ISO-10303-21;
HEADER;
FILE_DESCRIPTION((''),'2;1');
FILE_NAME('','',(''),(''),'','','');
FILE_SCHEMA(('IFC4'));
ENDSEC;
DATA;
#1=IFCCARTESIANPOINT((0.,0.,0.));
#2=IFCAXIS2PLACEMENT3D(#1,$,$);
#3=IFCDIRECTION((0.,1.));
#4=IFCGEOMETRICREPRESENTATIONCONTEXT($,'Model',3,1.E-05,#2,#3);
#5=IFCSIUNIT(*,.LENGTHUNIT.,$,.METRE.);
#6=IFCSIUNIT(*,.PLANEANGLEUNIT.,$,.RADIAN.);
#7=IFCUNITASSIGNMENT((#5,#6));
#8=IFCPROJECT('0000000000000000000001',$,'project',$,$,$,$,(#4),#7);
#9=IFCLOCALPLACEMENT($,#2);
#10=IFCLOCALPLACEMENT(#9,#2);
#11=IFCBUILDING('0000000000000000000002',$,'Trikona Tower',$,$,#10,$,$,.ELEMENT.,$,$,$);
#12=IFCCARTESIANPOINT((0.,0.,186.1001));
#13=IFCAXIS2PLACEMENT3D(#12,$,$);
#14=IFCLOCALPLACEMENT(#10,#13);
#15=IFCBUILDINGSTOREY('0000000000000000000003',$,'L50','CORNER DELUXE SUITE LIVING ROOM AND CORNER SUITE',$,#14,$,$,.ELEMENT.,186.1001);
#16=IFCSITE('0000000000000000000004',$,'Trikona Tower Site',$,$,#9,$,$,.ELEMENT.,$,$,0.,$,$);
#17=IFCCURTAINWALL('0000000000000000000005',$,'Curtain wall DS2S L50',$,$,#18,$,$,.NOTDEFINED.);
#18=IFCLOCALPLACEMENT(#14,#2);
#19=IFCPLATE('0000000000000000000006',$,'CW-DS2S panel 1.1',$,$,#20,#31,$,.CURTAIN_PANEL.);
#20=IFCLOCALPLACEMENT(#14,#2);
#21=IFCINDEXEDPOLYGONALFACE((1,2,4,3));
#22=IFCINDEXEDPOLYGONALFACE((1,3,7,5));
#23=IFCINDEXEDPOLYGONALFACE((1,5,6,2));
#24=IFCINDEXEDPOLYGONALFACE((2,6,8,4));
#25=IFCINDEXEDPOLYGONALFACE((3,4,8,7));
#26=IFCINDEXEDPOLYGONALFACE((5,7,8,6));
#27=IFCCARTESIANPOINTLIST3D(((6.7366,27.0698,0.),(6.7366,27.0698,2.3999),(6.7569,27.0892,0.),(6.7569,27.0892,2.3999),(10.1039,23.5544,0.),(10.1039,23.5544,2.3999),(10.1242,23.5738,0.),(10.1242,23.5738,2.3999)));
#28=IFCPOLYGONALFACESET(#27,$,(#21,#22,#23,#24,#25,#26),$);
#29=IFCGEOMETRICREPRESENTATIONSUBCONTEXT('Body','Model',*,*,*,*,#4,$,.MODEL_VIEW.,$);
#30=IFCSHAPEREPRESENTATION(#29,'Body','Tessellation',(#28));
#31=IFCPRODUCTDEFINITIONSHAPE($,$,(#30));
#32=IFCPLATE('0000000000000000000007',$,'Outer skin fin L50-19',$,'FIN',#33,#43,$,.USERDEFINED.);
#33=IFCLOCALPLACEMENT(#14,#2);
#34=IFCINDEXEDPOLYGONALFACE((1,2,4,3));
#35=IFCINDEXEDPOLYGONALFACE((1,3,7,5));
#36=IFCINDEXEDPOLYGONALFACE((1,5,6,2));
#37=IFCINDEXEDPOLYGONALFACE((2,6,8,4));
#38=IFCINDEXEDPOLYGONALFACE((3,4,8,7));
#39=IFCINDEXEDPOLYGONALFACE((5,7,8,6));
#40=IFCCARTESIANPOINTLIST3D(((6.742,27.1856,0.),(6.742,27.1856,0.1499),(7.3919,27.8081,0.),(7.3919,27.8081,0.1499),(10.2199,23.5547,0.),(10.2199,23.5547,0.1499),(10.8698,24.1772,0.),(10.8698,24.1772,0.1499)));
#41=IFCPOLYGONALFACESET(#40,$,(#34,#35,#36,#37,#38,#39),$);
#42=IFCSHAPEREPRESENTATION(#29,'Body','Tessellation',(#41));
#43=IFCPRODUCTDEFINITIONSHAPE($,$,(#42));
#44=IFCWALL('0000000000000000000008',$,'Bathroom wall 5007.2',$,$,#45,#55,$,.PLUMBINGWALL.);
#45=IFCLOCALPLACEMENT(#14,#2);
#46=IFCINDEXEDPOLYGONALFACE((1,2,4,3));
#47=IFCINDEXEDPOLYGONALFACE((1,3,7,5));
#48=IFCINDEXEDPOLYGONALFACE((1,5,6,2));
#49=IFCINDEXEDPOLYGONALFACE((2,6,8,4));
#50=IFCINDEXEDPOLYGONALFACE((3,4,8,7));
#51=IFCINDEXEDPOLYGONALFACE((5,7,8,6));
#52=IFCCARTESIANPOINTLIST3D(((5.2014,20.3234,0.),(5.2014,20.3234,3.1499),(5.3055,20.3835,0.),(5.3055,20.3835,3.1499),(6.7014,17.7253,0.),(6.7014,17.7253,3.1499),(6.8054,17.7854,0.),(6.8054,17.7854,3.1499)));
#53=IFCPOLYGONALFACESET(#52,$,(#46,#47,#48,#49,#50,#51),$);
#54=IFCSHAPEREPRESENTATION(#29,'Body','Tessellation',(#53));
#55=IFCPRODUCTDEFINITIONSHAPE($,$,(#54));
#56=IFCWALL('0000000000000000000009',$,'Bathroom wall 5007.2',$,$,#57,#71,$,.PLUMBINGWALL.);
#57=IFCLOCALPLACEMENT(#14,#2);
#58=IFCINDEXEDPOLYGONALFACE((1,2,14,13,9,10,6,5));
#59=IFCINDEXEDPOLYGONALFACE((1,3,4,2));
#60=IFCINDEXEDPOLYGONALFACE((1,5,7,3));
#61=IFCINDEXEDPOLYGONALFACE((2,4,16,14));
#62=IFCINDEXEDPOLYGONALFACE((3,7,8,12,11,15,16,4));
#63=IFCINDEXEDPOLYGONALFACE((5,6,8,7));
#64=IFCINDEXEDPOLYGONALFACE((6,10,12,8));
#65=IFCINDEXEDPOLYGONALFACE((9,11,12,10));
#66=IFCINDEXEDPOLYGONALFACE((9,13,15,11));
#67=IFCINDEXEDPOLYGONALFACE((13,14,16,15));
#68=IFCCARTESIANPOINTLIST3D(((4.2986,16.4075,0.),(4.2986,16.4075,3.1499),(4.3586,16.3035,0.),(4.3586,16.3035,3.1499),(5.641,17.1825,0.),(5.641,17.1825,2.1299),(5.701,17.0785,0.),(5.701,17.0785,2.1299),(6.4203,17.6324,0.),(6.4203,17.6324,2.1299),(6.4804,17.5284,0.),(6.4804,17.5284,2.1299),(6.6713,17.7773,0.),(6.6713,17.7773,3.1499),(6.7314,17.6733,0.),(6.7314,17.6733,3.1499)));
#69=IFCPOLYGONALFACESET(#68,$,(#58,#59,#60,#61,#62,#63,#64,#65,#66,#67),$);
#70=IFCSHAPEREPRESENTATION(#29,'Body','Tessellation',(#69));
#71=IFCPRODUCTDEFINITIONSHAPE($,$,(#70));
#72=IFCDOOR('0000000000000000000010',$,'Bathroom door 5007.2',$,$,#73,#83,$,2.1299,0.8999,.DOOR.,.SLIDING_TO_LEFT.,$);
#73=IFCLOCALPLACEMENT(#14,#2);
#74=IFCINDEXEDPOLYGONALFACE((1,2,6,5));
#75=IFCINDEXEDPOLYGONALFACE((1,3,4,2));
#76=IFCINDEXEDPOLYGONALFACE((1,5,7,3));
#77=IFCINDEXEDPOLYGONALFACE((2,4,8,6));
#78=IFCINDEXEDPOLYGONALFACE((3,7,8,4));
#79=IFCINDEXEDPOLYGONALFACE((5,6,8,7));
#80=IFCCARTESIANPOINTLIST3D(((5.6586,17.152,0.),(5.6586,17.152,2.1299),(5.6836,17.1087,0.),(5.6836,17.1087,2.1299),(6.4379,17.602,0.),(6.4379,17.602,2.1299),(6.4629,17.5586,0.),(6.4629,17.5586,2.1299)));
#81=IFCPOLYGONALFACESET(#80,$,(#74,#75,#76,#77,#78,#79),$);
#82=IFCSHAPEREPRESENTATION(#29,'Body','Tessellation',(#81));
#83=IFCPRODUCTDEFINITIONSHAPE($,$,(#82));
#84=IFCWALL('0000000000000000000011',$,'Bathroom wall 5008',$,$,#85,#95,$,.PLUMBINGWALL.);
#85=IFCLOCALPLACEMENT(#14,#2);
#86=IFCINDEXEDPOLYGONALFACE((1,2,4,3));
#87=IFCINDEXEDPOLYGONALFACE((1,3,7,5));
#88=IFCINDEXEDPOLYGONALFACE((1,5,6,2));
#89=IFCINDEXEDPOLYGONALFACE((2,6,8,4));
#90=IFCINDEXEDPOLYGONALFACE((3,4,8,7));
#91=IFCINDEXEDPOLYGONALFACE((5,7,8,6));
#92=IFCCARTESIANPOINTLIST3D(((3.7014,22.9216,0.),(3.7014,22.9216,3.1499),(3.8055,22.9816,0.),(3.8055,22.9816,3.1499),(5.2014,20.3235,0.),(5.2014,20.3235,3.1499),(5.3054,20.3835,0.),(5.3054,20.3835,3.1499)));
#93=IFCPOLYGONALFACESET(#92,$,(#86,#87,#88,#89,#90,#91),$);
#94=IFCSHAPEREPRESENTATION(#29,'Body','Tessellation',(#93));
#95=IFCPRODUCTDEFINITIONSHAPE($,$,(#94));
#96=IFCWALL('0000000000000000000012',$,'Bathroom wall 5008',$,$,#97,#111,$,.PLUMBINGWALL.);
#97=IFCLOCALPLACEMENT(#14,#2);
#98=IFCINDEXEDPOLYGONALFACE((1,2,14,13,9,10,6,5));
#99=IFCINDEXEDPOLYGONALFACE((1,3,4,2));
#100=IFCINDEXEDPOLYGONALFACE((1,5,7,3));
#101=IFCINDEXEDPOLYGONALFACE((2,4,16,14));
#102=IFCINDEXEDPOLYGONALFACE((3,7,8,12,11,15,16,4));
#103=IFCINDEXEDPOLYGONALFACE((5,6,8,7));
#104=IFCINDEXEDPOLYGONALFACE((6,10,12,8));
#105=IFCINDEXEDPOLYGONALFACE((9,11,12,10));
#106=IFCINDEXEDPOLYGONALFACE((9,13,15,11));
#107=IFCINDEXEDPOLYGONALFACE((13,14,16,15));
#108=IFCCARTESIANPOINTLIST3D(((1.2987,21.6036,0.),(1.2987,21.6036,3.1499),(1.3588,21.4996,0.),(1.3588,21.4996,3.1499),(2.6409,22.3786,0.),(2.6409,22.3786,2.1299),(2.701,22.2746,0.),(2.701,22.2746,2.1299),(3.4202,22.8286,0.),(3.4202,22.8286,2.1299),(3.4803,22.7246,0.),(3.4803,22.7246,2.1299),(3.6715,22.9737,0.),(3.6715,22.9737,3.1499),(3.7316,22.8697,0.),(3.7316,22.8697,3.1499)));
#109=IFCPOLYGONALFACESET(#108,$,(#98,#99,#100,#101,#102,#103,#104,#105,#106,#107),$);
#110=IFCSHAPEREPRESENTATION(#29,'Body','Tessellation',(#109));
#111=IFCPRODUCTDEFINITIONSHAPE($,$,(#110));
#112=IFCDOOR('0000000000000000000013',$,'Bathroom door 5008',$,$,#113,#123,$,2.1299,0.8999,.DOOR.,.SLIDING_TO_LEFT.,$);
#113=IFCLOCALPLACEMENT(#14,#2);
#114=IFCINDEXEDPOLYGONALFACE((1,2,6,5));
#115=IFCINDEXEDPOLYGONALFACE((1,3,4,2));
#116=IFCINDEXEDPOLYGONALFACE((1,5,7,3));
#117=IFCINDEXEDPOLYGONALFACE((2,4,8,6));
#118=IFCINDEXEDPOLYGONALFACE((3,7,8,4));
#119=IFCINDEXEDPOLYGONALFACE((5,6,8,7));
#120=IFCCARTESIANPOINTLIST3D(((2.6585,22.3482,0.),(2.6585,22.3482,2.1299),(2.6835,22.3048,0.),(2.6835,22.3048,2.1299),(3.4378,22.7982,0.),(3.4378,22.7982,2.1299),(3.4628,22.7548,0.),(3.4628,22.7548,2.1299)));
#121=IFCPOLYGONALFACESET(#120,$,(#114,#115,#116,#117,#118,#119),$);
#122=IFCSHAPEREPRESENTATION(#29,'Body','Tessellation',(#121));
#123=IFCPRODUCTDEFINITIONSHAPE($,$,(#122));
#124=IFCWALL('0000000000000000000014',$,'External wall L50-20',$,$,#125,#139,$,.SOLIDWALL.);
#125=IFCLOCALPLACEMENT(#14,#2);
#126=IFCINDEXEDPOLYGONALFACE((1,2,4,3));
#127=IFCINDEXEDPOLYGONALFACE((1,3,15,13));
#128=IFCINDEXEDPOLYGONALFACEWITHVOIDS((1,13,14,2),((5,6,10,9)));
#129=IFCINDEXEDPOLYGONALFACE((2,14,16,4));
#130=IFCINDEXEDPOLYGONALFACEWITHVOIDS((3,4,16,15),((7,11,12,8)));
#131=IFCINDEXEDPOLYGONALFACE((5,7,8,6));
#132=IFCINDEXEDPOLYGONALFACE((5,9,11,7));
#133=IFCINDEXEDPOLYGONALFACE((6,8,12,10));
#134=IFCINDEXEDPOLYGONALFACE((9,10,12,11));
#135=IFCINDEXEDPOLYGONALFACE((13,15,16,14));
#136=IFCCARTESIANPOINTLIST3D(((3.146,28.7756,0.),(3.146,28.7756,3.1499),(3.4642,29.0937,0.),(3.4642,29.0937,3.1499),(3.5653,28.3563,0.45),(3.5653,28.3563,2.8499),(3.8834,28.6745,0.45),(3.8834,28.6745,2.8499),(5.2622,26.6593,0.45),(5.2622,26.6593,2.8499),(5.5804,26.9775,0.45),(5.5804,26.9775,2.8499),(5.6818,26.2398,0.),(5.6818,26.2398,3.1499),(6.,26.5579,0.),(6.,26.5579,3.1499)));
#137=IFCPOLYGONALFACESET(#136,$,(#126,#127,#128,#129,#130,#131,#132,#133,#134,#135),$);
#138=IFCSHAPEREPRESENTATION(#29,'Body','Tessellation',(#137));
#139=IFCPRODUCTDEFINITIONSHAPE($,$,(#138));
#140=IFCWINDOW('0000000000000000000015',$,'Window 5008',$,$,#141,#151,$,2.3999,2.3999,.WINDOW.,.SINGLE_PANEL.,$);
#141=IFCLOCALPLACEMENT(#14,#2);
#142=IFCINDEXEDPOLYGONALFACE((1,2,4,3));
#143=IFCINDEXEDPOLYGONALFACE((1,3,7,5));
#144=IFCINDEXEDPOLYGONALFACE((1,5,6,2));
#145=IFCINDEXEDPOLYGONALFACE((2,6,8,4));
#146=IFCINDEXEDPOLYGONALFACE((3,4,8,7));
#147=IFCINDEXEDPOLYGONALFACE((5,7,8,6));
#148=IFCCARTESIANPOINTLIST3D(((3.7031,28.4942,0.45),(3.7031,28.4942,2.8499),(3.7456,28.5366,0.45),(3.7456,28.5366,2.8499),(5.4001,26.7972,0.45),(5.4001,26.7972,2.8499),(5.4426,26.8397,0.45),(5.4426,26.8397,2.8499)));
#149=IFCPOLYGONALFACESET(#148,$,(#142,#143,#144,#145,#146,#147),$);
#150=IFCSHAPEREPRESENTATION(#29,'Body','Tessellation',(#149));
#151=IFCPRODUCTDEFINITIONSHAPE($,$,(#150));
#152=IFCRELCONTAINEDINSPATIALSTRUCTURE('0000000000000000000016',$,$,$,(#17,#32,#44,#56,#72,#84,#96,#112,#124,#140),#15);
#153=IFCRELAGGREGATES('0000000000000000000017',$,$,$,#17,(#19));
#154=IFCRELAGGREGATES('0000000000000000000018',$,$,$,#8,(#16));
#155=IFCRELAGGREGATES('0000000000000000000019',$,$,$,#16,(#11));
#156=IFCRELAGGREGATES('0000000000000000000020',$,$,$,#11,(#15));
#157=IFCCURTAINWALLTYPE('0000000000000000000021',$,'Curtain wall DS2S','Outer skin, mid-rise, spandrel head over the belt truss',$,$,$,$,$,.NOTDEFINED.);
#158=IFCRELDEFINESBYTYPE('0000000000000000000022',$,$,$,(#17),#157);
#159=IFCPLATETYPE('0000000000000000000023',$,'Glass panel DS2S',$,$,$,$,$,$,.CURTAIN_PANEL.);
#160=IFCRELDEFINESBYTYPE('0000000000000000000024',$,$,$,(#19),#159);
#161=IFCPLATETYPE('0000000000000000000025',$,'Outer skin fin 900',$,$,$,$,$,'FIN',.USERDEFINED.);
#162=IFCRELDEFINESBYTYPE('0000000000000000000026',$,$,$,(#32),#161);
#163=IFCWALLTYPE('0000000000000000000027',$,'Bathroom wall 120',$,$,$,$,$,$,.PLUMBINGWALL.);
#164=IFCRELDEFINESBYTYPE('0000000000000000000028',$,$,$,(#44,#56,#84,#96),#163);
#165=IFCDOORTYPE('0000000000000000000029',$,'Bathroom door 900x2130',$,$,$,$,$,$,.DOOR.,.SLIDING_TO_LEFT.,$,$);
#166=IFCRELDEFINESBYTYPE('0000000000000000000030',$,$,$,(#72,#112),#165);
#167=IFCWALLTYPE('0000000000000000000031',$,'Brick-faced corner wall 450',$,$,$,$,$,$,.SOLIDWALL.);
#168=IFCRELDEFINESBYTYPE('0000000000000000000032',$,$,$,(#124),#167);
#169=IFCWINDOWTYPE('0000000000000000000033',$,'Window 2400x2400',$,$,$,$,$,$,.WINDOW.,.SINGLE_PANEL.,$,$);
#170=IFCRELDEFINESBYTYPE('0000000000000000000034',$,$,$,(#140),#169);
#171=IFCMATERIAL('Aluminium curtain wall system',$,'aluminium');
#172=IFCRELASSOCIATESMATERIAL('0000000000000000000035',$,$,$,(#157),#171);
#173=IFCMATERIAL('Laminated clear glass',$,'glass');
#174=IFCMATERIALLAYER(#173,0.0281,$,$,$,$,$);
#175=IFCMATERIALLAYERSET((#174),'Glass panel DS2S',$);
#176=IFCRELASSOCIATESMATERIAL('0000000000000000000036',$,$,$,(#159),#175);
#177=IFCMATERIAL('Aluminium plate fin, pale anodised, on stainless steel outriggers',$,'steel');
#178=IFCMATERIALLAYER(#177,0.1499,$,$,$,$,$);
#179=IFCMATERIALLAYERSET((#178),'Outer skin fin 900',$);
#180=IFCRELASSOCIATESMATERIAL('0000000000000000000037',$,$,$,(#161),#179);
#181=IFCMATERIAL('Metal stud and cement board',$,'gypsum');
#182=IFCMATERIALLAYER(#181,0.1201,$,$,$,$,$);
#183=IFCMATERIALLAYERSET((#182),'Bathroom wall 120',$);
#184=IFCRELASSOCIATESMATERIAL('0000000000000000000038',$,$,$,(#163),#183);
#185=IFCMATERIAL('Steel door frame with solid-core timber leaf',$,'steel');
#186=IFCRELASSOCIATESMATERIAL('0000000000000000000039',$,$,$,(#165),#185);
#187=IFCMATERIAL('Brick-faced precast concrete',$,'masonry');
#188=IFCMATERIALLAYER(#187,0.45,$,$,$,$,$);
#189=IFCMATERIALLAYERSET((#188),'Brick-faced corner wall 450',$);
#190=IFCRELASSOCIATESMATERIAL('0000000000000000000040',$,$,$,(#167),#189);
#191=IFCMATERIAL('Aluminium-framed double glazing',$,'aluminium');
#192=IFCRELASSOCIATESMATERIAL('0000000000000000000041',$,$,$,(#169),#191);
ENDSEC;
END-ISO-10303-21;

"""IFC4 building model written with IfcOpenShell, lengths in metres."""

from ifc_helpers import new_model, si_unit, direction, frame, frame_2d, origin, origin_2d, place, context, subcontext, project, spatial, rectangle, extrude, material, layer, layer_set, type_object, element, fill, aggregate, save


model = new_model("IFC4")

# Units and contexts
model_context = context("Model", 3, precision=1e-05, world=origin(), true_north=direction((0.0, 1.0)))
body_context = subcontext(model_context, "Body", "Model", "MODEL_VIEW")
ifc_project = project(units=[si_unit("LENGTHUNIT", "METRE"), si_unit("PLANEANGLEUNIT", "RADIAN")], contexts=[model_context])

# Site, building, storey
site_placement = place(None, origin())
site = spatial("IfcSite", under=ifc_project, at=site_placement, Name="Trikona Tower Site", CompositionType="ELEMENT", RefElevation=0.0)
building_placement = place(site_placement, origin())
building = spatial("IfcBuilding", under=site, at=building_placement, Name="Trikona Tower", CompositionType="ELEMENT")
storey_placement = place(building_placement, frame((0.0, 0.0, 186.1001)))
storey = spatial("IfcBuildingStorey", under=building, at=storey_placement, Name="L50", Description="CORNER DELUXE SUITE LIVING ROOM AND CORNER SUITE", CompositionType="ELEMENT", Elevation=186.1001)

# Curtain wall
ifc_material_1 = material(Name="Aluminium curtain wall system", Category="aluminium")
curtain_wall_type = type_object("IfcCurtainWallType", Name="Curtain wall DS2S", Description="Outer skin, mid-rise, spandrel head over the belt truss", PredefinedType="NOTDEFINED", material=ifc_material_1)
curtain_wall_placement = place(storey_placement, origin())
curtain_wall = element("IfcCurtainWall", 1, at=curtain_wall_placement, inside=storey, type_object=curtain_wall_type, Name="Curtain wall DS2S L50", PredefinedType="NOTDEFINED")

# Plates
ifc_material_2 = material(Name="Laminated clear glass", Category="glass")
ifc_layer_1 = layer(ifc_material_2, 0.0281)
ifc_layer_set_1 = layer_set([ifc_layer_1], Name="Glass panel DS2S")
plate_type_1 = type_object("IfcPlateType", Name="Glass panel DS2S", PredefinedType="CURTAIN_PANEL", material=ifc_layer_set_1)
plate_1_placement = place(storey_placement, frame((8.4304, 25.3218, 0.0), z_axis=(0.0, 0.0, 1.0), x_axis=(-0.691728, 0.722158, 0.0)))
plate_1 = element("IfcPlate", 2, at=plate_1_placement, type_object=plate_type_1, Name="CW-DS2S panel 1.1", PredefinedType="CURTAIN_PANEL", context=body_context, shape_type="SweptSolid", body=[
    extrude(rectangle(XDim=4.8679, YDim=0.0281, at=origin_2d()), origin(), (0.0, 0.0, 1.0), 2.3999),
])
aggregate(curtain_wall, [plate_1])
ifc_material_3 = material(Name="Aluminium plate fin, pale anodised, on stainless steel outriggers", Category="steel")
ifc_layer_2 = layer(ifc_material_3, 0.1499)
ifc_layer_set_2 = layer_set([ifc_layer_2], Name="Outer skin fin 900")
plate_type_2 = type_object("IfcPlateType", Name="Outer skin fin 900", ElementType="FIN", PredefinedType="USERDEFINED", material=ifc_layer_set_2)
plate_2_placement = place(storey_placement, frame((8.8059, 25.6814, 0.0), z_axis=(0.0, 0.0, 1.0), x_axis=(-0.691724, 0.722162, 0.0)))
element("IfcPlate", 3, at=plate_2_placement, inside=storey, type_object=plate_type_2, Name="Outer skin fin L50-19", ObjectType="FIN", PredefinedType="USERDEFINED", context=body_context, shape_type="SweptSolid", body=[
    extrude(rectangle(XDim=5.0278, YDim=0.8999, at=origin_2d()), origin(), (0.0, 0.0, 1.0), 0.1499),
])

# Wall
ifc_material_4 = material(Name="Metal stud and cement board", Category="gypsum")
ifc_layer_3 = layer(ifc_material_4, 0.1201)
ifc_layer_set_3 = layer_set([ifc_layer_3], Name="Bathroom wall 120")
wall_type_1 = type_object("IfcWallType", Name="Bathroom wall 120", PredefinedType="PLUMBINGWALL", material=ifc_layer_set_3)
wall_1_placement = place(storey_placement, frame((6.7534, 17.7554, 0.0), z_axis=(0.0, 0.0, 1.0), x_axis=(-0.49999, 0.866031, 0.0)))
element("IfcWall", 4, at=wall_1_placement, inside=storey, type_object=wall_type_1, Name="Bathroom wall 5007.2", PredefinedType="PLUMBINGWALL", context=body_context, shape_type="SweptSolid", body=[
    extrude(rectangle(XDim=3.0, YDim=0.1201, at=frame_2d((1.5, 0.0))), origin(), (0.0, 0.0, 1.0), 3.1499),
])

# Wall, opening, door
wall_2_placement = place(storey_placement, frame((4.3286, 16.3555, 0.0), z_axis=(0.0, 0.0, 1.0), x_axis=(0.866036, 0.499982, 0.0)))
wall_2 = element("IfcWall", 5, at=wall_2_placement, inside=storey, type_object=wall_type_1, Name="Bathroom wall 5007.2", PredefinedType="PLUMBINGWALL", context=body_context, shape_type="SweptSolid", body=[
    extrude(rectangle(XDim=2.7397, YDim=0.1201, at=frame_2d((1.3699, 0.0))), origin(), (0.0, 0.0, 1.0), 3.1499),
])
opening_1_placement = place(wall_2_placement, frame((1.55, 0.0, 0.0)))
opening_1 = element("IfcOpeningElement", 6, at=opening_1_placement, cuts=wall_2, PredefinedType="OPENING", context=body_context, shape_type="SweptSolid", body=[
    extrude(rectangle(XDim=0.8999, YDim=2.1299, at=frame_2d((0.45, 1.0649))), frame((0.0, 0.0701, 0.0), z_axis=(0.0, -1.0, 0.0), x_axis=(1.0, 0.0, 0.0)), (0.0, 0.0, 1.0), 0.1401),
])
ifc_material_5 = material(Name="Steel door frame with solid-core timber leaf", Category="steel")
door_type_1 = type_object("IfcDoorType", Name="Bathroom door 900x2130", OperationType="SLIDING_TO_LEFT", PredefinedType="DOOR", material=ifc_material_5)
door_1_placement = place(opening_1_placement, origin())
door_1 = element("IfcDoor", 7, at=door_1_placement, inside=storey, type_object=door_type_1, Name="Bathroom door 5007.2", OperationType="SLIDING_TO_LEFT", OverallHeight=2.1299, OverallWidth=0.8999, PredefinedType="DOOR", context=body_context, shape_type="SweptSolid", body=[
    extrude(rectangle(XDim=0.8999, YDim=2.1299, at=frame_2d((0.45, 1.0649))), frame((0.0, 0.0249, 0.0), z_axis=(0.0, -1.0, 0.0), x_axis=(1.0, 0.0, 0.0)), (0.0, 0.0, 1.0), 0.05),
])
fill(opening_1, door_1)

# Wall
wall_3_placement = place(storey_placement, frame((5.2534, 20.3535, 0.0), z_axis=(0.0, 0.0, 1.0), x_axis=(-0.49999, 0.866031, 0.0)))
element("IfcWall", 8, at=wall_3_placement, inside=storey, type_object=wall_type_1, Name="Bathroom wall 5008", PredefinedType="PLUMBINGWALL", context=body_context, shape_type="SweptSolid", body=[
    extrude(rectangle(XDim=3.0, YDim=0.1201, at=frame_2d((1.5, 0.0))), origin(), (0.0, 0.0, 1.0), 3.1499),
])

# Wall, opening, door
wall_4_placement = place(storey_placement, frame((1.3286, 21.5515, 0.0), z_axis=(0.0, 0.0, 1.0), x_axis=(0.865997, 0.500049, 0.0)))
wall_4 = element("IfcWall", 9, at=wall_4_placement, inside=storey, type_object=wall_type_1, Name="Bathroom wall 5008", PredefinedType="PLUMBINGWALL", context=body_context, shape_type="SweptSolid", body=[
    extrude(rectangle(XDim=2.74, YDim=0.1201, at=frame_2d((1.3701, 0.0))), origin(), (0.0, 0.0, 1.0), 3.1499),
])
opening_2_placement = place(wall_4_placement, frame((1.55, 0.0, 0.0)))
opening_2 = element("IfcOpeningElement", 10, at=opening_2_placement, cuts=wall_4, PredefinedType="OPENING", context=body_context, shape_type="SweptSolid", body=[
    extrude(rectangle(XDim=0.8999, YDim=2.1299, at=frame_2d((0.45, 1.0649))), frame((0.0, 0.0701, 0.0), z_axis=(0.0, -1.0, 0.0), x_axis=(1.0, 0.0, 0.0)), (0.0, 0.0, 1.0), 0.1401),
])
door_2_placement = place(opening_2_placement, origin())
door_2 = element("IfcDoor", 11, at=door_2_placement, inside=storey, type_object=door_type_1, Name="Bathroom door 5008", OperationType="SLIDING_TO_LEFT", OverallHeight=2.1299, OverallWidth=0.8999, PredefinedType="DOOR", context=body_context, shape_type="SweptSolid", body=[
    extrude(rectangle(XDim=0.8999, YDim=2.1299, at=frame_2d((0.45, 1.0649))), frame((0.0, 0.0249, 0.0), z_axis=(0.0, -1.0, 0.0), x_axis=(1.0, 0.0, 0.0)), (0.0, 0.0, 1.0), 0.05),
])
fill(opening_2, door_2)

# Wall, opening, window
ifc_material_6 = material(Name="Brick-faced precast concrete", Category="masonry")
ifc_layer_4 = layer(ifc_material_6, 0.45)
ifc_layer_set_4 = layer_set([ifc_layer_4], Name="Brick-faced corner wall 450")
wall_type_2 = type_object("IfcWallType", Name="Brick-faced corner wall 450", PredefinedType="SOLIDWALL", material=ifc_layer_set_4)
wall_5_placement = place(storey_placement, frame((5.8408, 26.3989, 0.0), z_axis=(0.0, 0.0, 1.0), x_axis=(-0.707107, 0.707107, 0.0)))
wall_5 = element("IfcWall", 12, at=wall_5_placement, inside=storey, type_object=wall_type_2, Name="External wall L50-20", PredefinedType="SOLIDWALL", context=body_context, shape_type="SweptSolid", body=[
    extrude(rectangle(XDim=3.5862, YDim=0.45, at=frame_2d((1.793, 0.0))), origin(), (0.0, 0.0, 1.0), 3.1499),
])
opening_3_placement = place(wall_5_placement, frame((0.5933, 0.0, 0.45)))
opening_3 = element("IfcOpeningElement", 13, at=opening_3_placement, cuts=wall_5, PredefinedType="OPENING", context=body_context, shape_type="SweptSolid", body=[
    extrude(rectangle(XDim=2.3999, YDim=2.3999, at=frame_2d((1.2, 1.2))), frame((0.0, 0.2349, 0.0), z_axis=(0.0, -1.0, 0.0), x_axis=(1.0, 0.0, 0.0)), (0.0, 0.0, 1.0), 0.47),
])
ifc_material_7 = material(Name="Aluminium-framed double glazing", Category="aluminium")
window_type_1 = type_object("IfcWindowType", Name="Window 2400x2400", PartitioningType="SINGLE_PANEL", PredefinedType="WINDOW", material=ifc_material_7)
window_1_placement = place(opening_3_placement, origin())
window_1 = element("IfcWindow", 14, at=window_1_placement, inside=storey, type_object=window_type_1, Name="Window 5008", OverallHeight=2.3999, OverallWidth=2.3999, PartitioningType="SINGLE_PANEL", PredefinedType="WINDOW", context=body_context, shape_type="SweptSolid", body=[
    extrude(rectangle(XDim=2.3999, YDim=2.3999, at=frame_2d((1.2, 1.2))), frame((0.0, 0.03, 0.0), z_axis=(0.0, -1.0, 0.0), x_axis=(1.0, 0.0, 0.0)), (0.0, 0.0, 1.0), 0.0601),
])
fill(opening_3, window_1)

save(model, "model.ifc")
